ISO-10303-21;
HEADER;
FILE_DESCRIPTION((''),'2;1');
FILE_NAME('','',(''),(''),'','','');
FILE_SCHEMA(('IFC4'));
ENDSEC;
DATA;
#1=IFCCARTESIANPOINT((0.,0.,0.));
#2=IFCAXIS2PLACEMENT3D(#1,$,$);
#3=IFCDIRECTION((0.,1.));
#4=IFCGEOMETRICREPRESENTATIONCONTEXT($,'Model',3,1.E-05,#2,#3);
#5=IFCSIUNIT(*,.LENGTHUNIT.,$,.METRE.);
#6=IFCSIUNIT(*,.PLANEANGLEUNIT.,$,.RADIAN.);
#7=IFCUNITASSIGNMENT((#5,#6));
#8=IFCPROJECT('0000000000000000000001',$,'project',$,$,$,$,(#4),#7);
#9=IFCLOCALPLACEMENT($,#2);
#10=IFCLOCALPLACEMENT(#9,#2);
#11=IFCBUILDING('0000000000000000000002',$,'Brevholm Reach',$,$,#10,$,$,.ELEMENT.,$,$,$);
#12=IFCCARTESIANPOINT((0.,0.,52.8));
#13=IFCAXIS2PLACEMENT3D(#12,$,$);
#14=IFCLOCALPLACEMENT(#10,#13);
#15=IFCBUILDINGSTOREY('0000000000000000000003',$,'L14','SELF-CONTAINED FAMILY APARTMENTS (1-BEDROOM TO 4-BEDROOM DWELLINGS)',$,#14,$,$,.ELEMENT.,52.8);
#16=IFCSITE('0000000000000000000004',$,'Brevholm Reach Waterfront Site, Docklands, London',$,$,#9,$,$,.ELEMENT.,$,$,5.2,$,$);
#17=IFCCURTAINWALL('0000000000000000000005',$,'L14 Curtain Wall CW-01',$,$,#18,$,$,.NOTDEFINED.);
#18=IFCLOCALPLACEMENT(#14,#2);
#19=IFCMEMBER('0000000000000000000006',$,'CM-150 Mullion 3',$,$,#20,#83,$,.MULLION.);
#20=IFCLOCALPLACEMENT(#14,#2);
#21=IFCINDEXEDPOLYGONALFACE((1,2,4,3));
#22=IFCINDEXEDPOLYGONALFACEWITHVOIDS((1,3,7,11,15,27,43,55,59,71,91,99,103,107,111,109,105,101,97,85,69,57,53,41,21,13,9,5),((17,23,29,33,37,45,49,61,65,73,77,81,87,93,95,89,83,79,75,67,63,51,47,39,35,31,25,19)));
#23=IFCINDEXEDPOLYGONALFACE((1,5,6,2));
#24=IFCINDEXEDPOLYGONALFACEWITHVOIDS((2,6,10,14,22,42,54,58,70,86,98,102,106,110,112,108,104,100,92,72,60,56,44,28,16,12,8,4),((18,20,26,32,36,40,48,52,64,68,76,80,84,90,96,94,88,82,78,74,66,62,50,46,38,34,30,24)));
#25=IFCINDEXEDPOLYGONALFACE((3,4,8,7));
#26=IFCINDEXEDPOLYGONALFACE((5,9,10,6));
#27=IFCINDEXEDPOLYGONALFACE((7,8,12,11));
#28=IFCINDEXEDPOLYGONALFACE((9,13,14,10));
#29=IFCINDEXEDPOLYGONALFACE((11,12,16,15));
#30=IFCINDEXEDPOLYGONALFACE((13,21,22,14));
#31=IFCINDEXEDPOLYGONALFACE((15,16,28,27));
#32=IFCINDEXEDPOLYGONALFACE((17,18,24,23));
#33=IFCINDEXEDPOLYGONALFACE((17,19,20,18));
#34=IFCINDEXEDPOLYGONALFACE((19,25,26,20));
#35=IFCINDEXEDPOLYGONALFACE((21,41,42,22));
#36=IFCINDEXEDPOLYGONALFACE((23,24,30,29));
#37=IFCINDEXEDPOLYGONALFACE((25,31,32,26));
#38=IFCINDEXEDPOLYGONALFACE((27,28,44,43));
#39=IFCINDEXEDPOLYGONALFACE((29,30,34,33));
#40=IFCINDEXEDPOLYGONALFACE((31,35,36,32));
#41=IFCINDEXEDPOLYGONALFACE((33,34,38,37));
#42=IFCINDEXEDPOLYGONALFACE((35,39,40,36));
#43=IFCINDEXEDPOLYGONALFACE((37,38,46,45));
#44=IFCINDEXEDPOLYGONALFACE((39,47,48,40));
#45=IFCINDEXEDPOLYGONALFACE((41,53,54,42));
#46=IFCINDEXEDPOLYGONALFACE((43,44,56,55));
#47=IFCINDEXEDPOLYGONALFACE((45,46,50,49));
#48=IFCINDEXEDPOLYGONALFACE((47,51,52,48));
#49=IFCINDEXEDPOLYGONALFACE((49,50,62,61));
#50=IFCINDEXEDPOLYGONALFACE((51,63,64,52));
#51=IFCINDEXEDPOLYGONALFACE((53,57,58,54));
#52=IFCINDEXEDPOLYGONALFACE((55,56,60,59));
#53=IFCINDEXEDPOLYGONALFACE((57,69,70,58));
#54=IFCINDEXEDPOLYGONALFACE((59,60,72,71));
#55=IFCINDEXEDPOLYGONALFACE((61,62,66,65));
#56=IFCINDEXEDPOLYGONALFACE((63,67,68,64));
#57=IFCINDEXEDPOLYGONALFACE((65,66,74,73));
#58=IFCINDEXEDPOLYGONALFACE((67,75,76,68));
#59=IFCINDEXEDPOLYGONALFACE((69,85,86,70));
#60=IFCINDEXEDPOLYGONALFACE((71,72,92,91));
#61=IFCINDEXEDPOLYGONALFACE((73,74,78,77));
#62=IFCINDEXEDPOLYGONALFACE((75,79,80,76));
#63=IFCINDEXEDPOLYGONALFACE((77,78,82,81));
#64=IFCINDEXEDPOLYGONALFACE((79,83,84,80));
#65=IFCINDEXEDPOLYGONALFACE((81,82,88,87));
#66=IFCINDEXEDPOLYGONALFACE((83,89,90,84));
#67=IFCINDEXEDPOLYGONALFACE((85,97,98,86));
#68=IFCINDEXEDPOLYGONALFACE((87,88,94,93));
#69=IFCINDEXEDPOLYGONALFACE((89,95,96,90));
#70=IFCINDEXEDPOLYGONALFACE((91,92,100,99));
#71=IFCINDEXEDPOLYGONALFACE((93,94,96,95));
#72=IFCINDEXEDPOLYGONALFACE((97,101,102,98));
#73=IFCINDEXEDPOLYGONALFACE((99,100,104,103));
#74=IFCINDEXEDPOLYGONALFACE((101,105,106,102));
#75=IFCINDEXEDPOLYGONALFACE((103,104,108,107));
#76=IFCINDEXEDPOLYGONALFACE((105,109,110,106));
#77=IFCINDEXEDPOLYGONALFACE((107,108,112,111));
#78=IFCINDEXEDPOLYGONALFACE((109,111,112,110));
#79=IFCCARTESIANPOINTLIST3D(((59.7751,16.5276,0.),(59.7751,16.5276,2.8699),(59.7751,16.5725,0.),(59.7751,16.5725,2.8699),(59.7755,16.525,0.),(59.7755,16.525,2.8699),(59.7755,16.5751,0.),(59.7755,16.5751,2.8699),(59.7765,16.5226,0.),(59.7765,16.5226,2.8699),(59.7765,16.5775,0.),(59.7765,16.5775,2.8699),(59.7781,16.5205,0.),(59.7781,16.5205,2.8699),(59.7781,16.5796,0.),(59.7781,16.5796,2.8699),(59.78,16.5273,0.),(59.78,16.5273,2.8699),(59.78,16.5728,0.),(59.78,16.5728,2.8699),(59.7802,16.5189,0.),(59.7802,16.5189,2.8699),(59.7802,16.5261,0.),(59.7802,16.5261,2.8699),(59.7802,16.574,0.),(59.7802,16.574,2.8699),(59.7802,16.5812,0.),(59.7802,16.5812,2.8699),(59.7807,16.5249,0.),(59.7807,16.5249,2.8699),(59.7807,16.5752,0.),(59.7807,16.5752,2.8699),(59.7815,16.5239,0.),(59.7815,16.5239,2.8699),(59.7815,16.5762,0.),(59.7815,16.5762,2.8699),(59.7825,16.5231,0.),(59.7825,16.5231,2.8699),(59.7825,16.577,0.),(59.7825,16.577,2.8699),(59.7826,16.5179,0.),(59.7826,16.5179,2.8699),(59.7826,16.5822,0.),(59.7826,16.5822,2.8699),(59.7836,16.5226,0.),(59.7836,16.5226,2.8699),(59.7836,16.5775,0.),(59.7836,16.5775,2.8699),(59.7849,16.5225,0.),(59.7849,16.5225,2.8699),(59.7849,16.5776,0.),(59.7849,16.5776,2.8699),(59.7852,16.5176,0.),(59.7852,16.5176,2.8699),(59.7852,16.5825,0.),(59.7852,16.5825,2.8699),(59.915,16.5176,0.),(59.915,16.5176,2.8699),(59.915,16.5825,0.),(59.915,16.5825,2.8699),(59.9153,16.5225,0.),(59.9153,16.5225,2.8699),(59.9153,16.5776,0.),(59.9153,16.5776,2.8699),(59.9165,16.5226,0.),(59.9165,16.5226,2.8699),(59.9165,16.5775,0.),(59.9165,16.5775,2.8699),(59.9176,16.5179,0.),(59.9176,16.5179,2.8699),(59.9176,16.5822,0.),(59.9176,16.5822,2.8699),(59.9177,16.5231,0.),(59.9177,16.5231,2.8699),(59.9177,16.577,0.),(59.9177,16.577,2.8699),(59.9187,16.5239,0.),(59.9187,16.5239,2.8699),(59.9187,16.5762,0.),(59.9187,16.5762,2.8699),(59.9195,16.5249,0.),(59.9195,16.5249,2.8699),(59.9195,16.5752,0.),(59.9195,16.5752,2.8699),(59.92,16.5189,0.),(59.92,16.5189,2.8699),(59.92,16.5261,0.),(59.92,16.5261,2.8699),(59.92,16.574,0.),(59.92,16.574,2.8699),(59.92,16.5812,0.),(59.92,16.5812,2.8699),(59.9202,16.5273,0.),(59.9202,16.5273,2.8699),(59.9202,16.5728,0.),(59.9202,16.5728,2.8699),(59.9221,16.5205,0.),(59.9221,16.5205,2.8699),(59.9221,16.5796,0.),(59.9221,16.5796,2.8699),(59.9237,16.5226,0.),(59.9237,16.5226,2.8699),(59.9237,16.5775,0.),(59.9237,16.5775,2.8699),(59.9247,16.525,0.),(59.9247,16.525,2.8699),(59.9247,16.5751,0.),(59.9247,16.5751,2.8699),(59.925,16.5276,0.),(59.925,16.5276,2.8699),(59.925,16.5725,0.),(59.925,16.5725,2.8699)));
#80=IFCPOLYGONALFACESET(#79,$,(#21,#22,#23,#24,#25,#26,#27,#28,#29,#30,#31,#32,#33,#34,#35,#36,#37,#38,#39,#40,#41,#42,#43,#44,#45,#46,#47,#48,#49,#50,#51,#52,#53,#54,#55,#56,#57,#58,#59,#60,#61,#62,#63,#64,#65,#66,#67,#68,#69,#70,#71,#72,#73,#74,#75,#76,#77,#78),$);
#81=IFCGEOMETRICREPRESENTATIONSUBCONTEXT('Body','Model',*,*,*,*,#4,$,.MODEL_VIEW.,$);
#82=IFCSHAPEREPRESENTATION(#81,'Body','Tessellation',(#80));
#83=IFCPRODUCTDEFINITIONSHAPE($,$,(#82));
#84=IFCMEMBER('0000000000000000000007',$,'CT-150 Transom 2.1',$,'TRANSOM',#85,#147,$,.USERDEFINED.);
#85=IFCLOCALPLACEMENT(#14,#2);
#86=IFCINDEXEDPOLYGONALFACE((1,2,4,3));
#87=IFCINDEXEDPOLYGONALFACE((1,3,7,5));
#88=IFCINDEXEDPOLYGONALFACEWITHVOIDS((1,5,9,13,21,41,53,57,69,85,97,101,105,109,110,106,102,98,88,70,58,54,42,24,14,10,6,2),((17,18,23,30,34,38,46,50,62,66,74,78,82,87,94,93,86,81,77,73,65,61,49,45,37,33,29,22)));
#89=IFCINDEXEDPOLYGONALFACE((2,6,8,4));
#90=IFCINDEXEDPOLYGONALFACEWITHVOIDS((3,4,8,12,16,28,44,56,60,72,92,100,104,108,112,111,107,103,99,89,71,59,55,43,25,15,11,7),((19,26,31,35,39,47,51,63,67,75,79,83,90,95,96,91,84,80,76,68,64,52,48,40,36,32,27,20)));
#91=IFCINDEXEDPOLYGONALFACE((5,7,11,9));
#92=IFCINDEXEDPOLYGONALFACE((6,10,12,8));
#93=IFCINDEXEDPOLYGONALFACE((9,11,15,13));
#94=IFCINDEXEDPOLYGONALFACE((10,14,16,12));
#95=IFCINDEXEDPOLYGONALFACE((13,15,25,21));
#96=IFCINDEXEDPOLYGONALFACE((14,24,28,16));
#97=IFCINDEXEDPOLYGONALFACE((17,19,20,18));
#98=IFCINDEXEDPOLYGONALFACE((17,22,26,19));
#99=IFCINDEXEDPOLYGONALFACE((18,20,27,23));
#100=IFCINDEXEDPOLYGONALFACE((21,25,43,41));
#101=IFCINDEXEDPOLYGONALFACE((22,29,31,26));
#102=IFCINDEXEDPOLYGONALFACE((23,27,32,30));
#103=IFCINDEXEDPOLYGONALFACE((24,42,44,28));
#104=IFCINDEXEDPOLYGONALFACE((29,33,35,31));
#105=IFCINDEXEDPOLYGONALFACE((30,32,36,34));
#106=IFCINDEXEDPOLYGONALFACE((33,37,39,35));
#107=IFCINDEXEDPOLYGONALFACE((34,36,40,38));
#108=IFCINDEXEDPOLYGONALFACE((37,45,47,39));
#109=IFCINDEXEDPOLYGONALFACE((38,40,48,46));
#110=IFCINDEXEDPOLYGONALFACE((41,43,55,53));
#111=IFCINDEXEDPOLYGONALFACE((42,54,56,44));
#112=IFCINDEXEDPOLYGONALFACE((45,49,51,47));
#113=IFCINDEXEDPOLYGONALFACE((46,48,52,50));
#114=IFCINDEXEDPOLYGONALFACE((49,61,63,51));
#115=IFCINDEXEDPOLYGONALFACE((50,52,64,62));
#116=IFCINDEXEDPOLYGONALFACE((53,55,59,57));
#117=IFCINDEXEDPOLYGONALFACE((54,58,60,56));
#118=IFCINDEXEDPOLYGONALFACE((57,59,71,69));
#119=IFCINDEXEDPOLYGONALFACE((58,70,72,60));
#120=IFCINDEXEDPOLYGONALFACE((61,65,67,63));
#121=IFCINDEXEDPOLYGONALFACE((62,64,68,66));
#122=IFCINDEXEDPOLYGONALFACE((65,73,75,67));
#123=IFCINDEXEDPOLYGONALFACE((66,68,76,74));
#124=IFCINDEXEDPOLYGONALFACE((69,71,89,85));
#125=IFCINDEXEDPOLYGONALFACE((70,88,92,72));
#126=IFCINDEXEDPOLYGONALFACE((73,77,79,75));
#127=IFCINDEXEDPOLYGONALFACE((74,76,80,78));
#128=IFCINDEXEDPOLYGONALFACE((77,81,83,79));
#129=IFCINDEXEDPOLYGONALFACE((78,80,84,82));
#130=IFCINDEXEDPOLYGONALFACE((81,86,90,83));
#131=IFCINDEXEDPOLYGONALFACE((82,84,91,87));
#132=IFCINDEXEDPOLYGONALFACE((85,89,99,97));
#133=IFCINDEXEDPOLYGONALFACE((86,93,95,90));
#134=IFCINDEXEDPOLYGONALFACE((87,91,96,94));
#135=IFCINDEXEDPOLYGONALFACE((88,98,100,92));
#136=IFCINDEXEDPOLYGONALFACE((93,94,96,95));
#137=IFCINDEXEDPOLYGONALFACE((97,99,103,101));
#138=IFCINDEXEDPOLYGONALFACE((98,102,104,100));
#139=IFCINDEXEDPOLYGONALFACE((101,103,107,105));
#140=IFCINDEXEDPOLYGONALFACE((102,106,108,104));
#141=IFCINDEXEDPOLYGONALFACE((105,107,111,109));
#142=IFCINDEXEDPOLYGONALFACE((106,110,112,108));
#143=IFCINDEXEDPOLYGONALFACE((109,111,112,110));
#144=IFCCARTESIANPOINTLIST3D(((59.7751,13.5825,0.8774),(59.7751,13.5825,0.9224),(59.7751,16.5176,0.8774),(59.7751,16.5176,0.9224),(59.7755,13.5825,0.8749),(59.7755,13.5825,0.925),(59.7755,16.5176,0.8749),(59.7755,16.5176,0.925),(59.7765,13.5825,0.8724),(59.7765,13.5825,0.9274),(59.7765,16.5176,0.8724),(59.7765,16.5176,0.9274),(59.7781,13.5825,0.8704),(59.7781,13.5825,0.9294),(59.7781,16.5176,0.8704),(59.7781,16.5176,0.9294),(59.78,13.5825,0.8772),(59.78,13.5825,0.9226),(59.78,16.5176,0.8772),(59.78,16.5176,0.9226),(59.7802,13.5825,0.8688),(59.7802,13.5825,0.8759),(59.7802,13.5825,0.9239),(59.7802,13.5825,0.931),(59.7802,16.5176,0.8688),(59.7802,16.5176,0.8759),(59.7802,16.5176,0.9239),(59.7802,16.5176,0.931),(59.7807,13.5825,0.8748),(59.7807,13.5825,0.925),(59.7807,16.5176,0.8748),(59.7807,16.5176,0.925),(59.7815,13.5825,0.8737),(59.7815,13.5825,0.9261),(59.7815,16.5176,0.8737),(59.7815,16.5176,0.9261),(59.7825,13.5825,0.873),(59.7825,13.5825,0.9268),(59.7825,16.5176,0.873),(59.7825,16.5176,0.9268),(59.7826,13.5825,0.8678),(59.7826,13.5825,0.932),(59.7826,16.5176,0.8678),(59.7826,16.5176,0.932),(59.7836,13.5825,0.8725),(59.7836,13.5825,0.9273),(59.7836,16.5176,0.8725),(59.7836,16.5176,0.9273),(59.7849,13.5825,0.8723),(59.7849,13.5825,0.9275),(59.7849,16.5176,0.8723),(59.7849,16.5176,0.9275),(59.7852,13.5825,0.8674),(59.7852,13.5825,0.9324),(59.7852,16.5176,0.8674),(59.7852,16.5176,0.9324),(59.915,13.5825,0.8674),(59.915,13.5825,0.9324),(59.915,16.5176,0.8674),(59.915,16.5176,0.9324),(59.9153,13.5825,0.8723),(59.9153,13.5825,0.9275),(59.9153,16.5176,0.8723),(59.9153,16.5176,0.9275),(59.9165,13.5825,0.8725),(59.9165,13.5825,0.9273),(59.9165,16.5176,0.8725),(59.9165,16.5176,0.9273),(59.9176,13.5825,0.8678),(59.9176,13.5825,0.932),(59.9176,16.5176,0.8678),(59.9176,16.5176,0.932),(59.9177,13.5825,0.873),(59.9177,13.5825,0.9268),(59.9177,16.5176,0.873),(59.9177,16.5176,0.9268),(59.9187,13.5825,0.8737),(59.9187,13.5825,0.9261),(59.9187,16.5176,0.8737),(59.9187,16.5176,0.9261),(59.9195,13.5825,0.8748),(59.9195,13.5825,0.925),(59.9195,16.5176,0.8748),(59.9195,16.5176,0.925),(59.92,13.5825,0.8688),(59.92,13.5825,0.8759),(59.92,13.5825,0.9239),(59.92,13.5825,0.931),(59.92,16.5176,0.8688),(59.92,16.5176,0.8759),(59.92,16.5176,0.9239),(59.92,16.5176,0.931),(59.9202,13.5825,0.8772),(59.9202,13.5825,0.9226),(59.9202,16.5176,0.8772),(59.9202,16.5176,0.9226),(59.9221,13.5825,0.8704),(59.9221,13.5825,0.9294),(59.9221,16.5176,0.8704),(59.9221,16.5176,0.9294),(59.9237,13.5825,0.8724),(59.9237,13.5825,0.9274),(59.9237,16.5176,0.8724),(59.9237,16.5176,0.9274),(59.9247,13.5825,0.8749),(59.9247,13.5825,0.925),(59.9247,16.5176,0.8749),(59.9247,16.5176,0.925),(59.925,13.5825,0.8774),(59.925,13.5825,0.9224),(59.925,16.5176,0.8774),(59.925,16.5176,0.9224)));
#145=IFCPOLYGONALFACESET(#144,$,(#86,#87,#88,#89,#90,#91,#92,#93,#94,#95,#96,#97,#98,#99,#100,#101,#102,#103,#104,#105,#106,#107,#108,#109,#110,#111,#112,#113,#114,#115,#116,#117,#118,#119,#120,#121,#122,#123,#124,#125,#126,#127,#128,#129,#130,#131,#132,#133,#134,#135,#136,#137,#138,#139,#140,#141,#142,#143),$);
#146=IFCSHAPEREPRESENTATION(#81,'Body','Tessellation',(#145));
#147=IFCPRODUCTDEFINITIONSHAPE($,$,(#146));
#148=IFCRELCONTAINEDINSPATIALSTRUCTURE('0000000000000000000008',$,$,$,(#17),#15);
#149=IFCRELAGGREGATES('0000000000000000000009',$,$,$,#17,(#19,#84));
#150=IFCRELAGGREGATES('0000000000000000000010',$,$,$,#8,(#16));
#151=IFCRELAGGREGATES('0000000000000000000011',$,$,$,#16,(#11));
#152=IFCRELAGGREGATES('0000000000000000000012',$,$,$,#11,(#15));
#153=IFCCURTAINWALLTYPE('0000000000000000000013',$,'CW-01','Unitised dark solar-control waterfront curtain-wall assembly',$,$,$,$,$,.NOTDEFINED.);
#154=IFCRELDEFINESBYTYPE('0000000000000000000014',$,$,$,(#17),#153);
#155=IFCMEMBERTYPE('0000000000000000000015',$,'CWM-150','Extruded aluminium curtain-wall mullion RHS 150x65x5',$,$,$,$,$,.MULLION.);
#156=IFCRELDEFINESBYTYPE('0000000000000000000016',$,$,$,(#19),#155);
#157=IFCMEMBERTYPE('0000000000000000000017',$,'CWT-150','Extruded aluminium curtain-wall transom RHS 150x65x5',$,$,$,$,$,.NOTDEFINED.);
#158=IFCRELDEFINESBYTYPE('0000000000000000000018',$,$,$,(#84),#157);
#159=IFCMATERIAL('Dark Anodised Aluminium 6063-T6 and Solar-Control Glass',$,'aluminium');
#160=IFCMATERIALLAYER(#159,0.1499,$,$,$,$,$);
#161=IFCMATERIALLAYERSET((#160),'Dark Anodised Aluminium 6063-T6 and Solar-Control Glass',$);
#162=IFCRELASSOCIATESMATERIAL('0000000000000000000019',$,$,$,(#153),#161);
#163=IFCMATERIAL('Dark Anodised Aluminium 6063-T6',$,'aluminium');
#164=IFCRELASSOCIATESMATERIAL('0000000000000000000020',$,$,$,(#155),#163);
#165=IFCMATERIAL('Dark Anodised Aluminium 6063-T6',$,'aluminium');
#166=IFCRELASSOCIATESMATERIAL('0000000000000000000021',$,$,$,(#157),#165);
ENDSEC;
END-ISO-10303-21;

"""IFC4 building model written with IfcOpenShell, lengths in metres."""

from ifc_helpers import new_model, si_unit, direction, frame, origin, origin_2d, place, context, subcontext, project, spatial, hollow_rectangle, extrude, material, layer, layer_set, material_profile, profile_set, type_object, element, aggregate, save


model = new_model("IFC4")

# Units and contexts
model_context = context("Model", 3, precision=1e-05, world=origin(), true_north=direction((0.0, 1.0)))
body_context = subcontext(model_context, "Body", "Model", "MODEL_VIEW")
ifc_project = project(units=[si_unit("LENGTHUNIT", "METRE"), si_unit("PLANEANGLEUNIT", "RADIAN")], contexts=[model_context])

# Site, building, storey
site_placement = place(None, origin())
site = spatial("IfcSite", under=ifc_project, at=site_placement, Name="Brevholm Reach Waterfront Site, Docklands, London", CompositionType="ELEMENT", RefElevation=5.2)
building_placement = place(site_placement, origin())
building = spatial("IfcBuilding", under=site, at=building_placement, Name="Brevholm Reach", CompositionType="ELEMENT")
storey_placement = place(building_placement, frame((0.0, 0.0, 52.8)))
storey = spatial("IfcBuildingStorey", under=building, at=storey_placement, Name="L14", Description="SELF-CONTAINED FAMILY APARTMENTS (1-BEDROOM TO 4-BEDROOM DWELLINGS)", CompositionType="ELEMENT", Elevation=52.8)

# Curtain wall, members
ifc_material_1 = material(Name="Dark Anodised Aluminium 6063-T6 and Solar-Control Glass", Category="aluminium")
ifc_layer_1 = layer(ifc_material_1, 0.1499)
ifc_layer_set_1 = layer_set([ifc_layer_1], Name="Dark Anodised Aluminium 6063-T6 and Solar-Control Glass")
curtain_wall_type = type_object("IfcCurtainWallType", Name="CW-01", Description="Unitised dark solar-control waterfront curtain-wall assembly", PredefinedType="NOTDEFINED", material=ifc_layer_set_1)
curtain_wall_placement = place(storey_placement, origin())
curtain_wall = element("IfcCurtainWall", 1, at=curtain_wall_placement, inside=storey, type_object=curtain_wall_type, Name="L14 Curtain Wall CW-01", PredefinedType="NOTDEFINED")
ifc_material_2 = material(Name="Dark Anodised Aluminium 6063-T6", Category="aluminium")
ifc_material_profile_1 = material_profile(ifc_material_2, hollow_rectangle(XDim=0.0649, YDim=0.1499, WallThickness=0.0049, InnerFilletRadius=0.0049, OuterFilletRadius=0.01, at=origin_2d()), Name="RHS 150x65x5")
ifc_profile_set_1 = profile_set([ifc_material_profile_1], Name="Dark Anodised Aluminium 6063-T6")
member_type_1 = type_object("IfcMemberType", Name="CWM-150", Description="Extruded aluminium curtain-wall mullion RHS 150x65x5", PredefinedType="MULLION", material=ifc_profile_set_1)
member_1_placement = place(storey_placement, frame((59.8501, 16.55, 0.0), z_axis=(0.0, 0.0, 1.0), x_axis=(0.0, 1.0, 0.0)))
member_1 = element("IfcMember", 2, at=member_1_placement, type_object=member_type_1, Name="CM-150 Mullion 3", PredefinedType="MULLION", context=body_context, shape_type="SweptSolid", body=[
    extrude(hollow_rectangle(XDim=0.0649, YDim=0.1499, WallThickness=0.0049, InnerFilletRadius=0.0049, OuterFilletRadius=0.01, at=origin_2d()), origin(), (0.0, 0.0, 1.0), 2.8699),
])
ifc_material_3 = material(Name="Dark Anodised Aluminium 6063-T6", Category="aluminium")
ifc_material_profile_2 = material_profile(ifc_material_3, hollow_rectangle(XDim=0.0649, YDim=0.1499, WallThickness=0.0049, InnerFilletRadius=0.0049, OuterFilletRadius=0.01, at=origin_2d()), Name="RHS 150x65x5")
ifc_profile_set_2 = profile_set([ifc_material_profile_2], Name="Dark Anodised Aluminium 6063-T6")
member_type_2 = type_object("IfcMemberType", Name="CWT-150", Description="Extruded aluminium curtain-wall transom RHS 150x65x5", PredefinedType="NOTDEFINED", material=ifc_profile_set_2)
member_2_placement = place(storey_placement, frame((59.8501, 13.5825, 0.8999), z_axis=(0.0, 1.0, 0.0), x_axis=(0.0, 0.0, 1.0)))
member_2 = element("IfcMember", 3, at=member_2_placement, type_object=member_type_2, Name="CT-150 Transom 2.1", ObjectType="TRANSOM", PredefinedType="USERDEFINED", context=body_context, shape_type="SweptSolid", body=[
    extrude(hollow_rectangle(XDim=0.0649, YDim=0.1499, WallThickness=0.0049, InnerFilletRadius=0.0049, OuterFilletRadius=0.01, at=origin_2d()), origin(), (0.0, 0.0, 1.0), 2.9351),
])
aggregate(curtain_wall, [member_1, member_2])

save(model, "model.ifc")
